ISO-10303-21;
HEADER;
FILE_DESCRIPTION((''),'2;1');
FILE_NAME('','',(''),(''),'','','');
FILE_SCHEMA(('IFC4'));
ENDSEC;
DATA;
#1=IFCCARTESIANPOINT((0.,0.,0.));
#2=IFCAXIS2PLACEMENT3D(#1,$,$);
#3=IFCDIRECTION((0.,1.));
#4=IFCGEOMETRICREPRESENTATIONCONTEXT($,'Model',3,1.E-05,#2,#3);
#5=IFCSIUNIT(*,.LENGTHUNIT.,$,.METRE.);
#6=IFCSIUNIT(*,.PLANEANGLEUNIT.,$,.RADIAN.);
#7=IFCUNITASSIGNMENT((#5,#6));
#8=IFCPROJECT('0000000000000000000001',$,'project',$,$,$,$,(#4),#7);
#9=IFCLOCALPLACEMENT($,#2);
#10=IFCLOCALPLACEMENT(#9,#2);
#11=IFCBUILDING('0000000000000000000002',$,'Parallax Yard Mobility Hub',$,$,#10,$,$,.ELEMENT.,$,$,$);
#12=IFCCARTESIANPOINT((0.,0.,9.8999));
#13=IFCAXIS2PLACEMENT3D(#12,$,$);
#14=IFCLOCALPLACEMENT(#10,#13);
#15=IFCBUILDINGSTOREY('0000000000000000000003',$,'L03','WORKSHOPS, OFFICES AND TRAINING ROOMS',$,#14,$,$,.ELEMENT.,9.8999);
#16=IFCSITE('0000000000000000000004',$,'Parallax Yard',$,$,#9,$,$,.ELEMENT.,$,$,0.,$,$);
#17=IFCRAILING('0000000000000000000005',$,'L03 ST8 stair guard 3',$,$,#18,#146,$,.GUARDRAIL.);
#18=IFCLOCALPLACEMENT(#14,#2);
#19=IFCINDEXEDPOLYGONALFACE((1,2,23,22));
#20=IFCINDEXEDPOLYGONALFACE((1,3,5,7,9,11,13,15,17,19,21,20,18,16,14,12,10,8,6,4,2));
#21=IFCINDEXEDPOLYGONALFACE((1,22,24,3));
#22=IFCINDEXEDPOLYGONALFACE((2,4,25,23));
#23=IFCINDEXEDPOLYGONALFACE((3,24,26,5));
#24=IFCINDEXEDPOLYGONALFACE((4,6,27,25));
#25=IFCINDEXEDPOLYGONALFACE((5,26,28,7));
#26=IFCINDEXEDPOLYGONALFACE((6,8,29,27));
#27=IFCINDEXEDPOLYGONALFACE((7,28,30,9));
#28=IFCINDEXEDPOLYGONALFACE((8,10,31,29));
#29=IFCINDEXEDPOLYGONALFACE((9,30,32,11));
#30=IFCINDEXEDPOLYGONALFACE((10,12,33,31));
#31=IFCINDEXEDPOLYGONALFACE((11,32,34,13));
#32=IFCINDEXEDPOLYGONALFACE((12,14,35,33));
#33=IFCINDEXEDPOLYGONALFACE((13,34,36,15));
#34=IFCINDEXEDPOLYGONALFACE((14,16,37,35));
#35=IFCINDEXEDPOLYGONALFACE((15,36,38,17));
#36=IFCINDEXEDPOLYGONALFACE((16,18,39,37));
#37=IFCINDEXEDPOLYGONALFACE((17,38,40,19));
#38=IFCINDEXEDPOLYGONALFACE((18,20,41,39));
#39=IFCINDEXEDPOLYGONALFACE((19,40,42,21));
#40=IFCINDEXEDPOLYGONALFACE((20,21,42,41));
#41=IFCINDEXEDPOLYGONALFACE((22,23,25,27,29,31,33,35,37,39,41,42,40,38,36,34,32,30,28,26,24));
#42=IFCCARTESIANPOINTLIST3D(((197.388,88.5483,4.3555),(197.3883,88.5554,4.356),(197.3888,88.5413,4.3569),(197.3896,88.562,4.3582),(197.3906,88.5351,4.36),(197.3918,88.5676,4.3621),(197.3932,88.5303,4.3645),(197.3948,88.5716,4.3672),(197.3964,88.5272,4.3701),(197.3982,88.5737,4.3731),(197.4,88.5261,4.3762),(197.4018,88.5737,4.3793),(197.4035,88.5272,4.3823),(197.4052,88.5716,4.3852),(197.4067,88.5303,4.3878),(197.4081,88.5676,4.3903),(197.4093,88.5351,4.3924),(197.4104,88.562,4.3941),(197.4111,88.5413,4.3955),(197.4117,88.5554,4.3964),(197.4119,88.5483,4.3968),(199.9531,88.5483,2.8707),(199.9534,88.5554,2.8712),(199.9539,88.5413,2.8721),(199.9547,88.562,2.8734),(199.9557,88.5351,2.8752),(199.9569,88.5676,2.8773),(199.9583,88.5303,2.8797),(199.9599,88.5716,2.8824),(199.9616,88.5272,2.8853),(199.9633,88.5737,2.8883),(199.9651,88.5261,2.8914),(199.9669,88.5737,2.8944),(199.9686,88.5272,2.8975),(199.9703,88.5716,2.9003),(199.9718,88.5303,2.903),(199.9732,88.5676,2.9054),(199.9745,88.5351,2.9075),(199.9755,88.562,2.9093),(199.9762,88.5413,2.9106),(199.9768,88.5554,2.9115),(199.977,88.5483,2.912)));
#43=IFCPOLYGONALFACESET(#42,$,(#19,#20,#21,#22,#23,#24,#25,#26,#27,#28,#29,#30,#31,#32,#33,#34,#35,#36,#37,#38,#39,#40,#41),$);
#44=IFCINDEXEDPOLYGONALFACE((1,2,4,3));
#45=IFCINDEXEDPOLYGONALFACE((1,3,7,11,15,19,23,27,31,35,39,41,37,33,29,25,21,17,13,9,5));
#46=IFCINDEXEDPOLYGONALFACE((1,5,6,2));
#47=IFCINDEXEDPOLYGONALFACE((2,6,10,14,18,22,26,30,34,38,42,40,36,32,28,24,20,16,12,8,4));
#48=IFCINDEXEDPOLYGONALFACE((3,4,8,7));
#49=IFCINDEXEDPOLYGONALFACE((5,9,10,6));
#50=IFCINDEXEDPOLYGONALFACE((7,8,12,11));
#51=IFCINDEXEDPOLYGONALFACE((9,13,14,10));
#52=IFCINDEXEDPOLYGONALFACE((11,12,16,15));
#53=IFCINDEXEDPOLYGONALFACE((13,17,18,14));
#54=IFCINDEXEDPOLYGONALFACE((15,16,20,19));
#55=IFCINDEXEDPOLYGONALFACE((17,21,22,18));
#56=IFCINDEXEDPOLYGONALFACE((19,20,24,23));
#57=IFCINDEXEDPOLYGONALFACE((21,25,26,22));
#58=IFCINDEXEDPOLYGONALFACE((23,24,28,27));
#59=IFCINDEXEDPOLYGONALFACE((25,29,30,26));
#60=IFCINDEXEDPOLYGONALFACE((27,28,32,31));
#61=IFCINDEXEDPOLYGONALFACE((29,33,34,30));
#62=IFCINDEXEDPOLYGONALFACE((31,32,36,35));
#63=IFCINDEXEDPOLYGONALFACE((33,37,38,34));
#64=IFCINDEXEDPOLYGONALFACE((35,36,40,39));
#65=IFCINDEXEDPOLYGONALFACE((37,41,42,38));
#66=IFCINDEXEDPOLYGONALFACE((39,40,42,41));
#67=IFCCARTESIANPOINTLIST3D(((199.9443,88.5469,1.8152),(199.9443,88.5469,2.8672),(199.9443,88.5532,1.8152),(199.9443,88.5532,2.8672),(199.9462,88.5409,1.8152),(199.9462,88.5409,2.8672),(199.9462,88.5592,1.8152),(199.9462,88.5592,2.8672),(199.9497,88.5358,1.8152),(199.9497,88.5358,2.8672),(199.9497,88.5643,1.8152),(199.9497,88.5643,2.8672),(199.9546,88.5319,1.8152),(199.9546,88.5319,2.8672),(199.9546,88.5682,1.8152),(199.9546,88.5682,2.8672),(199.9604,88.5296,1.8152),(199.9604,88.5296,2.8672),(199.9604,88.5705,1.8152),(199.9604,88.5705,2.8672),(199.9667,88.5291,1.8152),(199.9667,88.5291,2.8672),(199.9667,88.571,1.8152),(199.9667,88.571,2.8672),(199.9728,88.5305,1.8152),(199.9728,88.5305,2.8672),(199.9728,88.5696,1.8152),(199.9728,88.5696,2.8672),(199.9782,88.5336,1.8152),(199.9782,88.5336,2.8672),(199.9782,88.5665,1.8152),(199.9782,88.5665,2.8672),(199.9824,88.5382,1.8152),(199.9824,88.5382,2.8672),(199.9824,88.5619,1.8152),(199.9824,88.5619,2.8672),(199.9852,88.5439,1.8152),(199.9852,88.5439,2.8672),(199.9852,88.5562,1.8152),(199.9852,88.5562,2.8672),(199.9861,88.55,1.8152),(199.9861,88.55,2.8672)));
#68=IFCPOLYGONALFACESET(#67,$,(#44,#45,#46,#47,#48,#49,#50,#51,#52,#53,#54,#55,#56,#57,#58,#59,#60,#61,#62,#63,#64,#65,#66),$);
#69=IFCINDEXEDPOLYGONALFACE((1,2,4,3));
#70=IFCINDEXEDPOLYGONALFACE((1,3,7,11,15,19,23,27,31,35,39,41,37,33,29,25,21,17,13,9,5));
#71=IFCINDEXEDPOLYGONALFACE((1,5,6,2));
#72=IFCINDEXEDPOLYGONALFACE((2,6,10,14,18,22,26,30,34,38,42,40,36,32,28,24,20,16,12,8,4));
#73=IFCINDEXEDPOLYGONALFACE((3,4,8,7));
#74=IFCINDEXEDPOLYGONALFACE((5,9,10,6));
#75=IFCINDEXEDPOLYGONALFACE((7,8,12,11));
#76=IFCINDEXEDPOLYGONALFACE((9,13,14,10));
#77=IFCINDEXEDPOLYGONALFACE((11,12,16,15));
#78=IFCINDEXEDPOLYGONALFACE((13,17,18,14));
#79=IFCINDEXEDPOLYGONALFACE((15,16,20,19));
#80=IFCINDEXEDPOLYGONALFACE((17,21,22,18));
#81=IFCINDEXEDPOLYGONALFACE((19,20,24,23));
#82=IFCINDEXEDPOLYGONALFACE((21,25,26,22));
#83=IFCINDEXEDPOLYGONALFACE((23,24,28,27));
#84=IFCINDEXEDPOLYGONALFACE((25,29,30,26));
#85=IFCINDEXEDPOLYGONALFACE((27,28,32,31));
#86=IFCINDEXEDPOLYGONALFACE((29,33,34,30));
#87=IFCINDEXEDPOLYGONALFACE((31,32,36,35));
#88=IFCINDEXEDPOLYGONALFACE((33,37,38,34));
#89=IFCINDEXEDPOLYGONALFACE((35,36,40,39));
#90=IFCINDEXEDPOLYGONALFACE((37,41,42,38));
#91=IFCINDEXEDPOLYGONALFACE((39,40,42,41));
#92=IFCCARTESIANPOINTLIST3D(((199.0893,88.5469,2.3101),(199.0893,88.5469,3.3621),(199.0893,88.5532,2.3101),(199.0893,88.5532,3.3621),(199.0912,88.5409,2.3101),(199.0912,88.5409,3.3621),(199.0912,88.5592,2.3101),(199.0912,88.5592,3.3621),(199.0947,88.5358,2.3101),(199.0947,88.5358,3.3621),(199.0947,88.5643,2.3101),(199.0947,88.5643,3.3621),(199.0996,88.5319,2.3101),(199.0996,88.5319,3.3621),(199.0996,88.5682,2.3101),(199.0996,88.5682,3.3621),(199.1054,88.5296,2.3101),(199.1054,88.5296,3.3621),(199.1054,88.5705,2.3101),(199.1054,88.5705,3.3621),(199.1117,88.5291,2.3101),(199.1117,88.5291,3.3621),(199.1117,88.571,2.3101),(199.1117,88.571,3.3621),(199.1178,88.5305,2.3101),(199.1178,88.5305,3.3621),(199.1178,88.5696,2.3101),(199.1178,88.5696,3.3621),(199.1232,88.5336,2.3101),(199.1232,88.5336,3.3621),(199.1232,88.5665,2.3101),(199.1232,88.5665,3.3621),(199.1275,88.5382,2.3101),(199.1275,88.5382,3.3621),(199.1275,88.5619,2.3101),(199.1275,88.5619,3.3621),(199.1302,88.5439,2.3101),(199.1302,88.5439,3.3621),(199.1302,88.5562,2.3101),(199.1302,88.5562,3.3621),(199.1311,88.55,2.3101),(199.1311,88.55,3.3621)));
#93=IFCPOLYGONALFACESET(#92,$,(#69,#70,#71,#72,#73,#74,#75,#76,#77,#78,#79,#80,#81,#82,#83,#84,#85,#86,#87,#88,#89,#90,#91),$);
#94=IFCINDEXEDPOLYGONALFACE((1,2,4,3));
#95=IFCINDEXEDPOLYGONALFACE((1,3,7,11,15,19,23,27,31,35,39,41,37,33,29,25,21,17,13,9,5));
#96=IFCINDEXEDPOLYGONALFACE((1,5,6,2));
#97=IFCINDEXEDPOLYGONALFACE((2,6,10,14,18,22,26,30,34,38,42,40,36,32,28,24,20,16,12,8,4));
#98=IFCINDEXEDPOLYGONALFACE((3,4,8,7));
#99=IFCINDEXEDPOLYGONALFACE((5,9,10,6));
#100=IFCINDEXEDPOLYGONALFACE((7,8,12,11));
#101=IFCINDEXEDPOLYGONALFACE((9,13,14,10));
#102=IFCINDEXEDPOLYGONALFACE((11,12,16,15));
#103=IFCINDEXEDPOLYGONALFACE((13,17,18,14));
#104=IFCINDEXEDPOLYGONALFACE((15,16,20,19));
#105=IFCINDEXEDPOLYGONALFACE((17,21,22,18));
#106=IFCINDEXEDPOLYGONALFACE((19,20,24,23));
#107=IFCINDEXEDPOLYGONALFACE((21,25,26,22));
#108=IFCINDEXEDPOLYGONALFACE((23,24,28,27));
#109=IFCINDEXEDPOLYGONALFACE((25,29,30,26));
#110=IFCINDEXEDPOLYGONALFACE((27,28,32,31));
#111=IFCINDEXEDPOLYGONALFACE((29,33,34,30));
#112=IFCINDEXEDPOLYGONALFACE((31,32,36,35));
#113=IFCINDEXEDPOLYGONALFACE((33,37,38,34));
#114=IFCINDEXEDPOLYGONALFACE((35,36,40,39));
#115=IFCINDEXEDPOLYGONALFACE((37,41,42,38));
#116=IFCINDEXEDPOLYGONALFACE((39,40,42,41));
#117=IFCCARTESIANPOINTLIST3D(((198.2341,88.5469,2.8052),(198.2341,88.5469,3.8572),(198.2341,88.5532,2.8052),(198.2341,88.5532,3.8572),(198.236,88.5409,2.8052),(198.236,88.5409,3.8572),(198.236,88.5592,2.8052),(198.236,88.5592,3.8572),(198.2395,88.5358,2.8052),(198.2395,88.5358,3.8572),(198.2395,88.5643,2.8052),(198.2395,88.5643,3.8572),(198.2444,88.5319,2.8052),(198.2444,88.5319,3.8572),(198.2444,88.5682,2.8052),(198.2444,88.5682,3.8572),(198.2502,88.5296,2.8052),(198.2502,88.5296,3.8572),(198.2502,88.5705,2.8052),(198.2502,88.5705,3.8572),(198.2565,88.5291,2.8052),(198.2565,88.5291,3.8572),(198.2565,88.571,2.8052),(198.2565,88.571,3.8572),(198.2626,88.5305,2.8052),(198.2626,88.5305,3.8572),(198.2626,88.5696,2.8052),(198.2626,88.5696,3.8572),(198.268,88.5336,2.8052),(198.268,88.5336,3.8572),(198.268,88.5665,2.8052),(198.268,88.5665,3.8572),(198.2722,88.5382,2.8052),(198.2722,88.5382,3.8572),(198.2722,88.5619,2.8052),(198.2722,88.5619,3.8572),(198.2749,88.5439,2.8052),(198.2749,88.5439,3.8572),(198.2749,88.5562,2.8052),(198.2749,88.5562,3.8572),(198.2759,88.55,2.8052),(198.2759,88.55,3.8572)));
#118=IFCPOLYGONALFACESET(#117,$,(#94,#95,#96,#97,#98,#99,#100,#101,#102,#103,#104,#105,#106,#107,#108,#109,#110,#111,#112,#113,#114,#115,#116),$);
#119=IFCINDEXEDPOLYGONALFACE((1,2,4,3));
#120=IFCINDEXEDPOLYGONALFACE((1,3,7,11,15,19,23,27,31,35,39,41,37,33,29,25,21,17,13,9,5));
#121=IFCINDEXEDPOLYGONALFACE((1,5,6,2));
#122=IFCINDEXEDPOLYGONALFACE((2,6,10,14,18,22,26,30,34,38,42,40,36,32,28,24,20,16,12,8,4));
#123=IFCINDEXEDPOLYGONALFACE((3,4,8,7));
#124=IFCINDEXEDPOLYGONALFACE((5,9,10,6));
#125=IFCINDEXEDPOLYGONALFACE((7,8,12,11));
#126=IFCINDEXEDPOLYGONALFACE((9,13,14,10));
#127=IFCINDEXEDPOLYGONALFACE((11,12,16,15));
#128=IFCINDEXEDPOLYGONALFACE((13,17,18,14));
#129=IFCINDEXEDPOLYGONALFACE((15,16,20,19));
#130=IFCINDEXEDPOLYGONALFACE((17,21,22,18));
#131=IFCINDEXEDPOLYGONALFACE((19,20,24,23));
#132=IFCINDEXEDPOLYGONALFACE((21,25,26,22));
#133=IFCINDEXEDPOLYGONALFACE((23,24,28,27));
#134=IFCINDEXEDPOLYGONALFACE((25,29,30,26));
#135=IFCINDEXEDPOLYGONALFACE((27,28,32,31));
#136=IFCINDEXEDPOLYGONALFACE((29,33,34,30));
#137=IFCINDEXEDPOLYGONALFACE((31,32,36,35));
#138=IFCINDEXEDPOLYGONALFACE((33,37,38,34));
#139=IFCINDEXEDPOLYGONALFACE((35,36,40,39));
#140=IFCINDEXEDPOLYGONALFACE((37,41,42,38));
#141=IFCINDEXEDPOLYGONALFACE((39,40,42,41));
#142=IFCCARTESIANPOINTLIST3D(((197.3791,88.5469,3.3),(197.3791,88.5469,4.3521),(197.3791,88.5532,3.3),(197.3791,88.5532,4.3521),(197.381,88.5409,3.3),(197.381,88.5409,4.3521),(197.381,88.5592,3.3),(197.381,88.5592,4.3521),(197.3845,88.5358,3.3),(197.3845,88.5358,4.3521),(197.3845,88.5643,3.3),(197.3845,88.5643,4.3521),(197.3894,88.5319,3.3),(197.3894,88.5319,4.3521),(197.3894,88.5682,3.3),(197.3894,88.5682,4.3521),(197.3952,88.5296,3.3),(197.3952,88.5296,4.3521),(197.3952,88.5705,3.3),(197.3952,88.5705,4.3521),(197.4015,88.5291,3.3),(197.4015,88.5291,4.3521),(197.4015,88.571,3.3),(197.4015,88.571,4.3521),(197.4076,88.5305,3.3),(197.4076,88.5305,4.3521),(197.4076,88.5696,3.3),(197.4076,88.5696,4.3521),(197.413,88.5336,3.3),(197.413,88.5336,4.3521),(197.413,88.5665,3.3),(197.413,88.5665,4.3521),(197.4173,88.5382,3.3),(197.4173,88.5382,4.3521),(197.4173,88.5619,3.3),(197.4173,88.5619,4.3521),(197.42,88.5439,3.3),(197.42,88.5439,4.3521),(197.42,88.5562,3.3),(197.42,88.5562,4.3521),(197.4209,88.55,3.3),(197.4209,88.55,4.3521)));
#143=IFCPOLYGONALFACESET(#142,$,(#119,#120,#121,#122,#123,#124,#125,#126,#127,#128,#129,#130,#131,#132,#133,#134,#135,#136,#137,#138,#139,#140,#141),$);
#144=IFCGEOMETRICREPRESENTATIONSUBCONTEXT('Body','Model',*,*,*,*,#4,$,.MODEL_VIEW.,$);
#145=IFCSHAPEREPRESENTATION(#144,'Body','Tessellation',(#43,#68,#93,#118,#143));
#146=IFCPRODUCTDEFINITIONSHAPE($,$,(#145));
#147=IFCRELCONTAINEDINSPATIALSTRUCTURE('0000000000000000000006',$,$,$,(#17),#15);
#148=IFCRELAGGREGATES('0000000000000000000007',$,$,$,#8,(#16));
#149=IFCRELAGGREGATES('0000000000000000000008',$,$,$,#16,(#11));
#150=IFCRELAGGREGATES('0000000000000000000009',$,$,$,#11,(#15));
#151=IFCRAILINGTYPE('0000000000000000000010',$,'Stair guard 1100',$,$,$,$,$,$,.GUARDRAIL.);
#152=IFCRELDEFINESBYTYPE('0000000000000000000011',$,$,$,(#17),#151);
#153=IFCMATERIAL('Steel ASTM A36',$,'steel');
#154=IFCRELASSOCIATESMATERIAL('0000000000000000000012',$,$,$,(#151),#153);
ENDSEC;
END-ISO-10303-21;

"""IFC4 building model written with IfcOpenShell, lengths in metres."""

from ifc_helpers import new_model, si_unit, direction, frame, origin, origin_2d, place, context, subcontext, project, spatial, circle, extrude, material, type_object, element, save


model = new_model("IFC4")

# Units and contexts
model_context = context("Model", 3, precision=1e-05, world=origin(), true_north=direction((0.0, 1.0)))
body_context = subcontext(model_context, "Body", "Model", "MODEL_VIEW")
ifc_project = project(units=[si_unit("LENGTHUNIT", "METRE"), si_unit("PLANEANGLEUNIT", "RADIAN")], contexts=[model_context])

# Site, building, storey
site_placement = place(None, origin())
site = spatial("IfcSite", under=ifc_project, at=site_placement, Name="Parallax Yard", CompositionType="ELEMENT", RefElevation=0.0)
building_placement = place(site_placement, origin())
building = spatial("IfcBuilding", under=site, at=building_placement, Name="Parallax Yard Mobility Hub", CompositionType="ELEMENT")
storey_placement = place(building_placement, frame((0.0, 0.0, 9.8999)))
storey = spatial("IfcBuildingStorey", under=building, at=storey_placement, Name="L03", Description="WORKSHOPS, OFFICES AND TRAINING ROOMS", CompositionType="ELEMENT", Elevation=9.8999)

# Railing
ifc_material_1 = material(Name="Steel ASTM A36", Category="steel")
railing_type_1 = type_object("IfcRailingType", Name="Stair guard 1100", PredefinedType="GUARDRAIL", material=ifc_material_1)
railing_1_placement = place(storey_placement, frame((199.9651, 88.55, 1.8152)))
element("IfcRailing", 1, at=railing_1_placement, inside=storey, type_object=railing_type_1, Name="L03 ST8 stair guard 3", PredefinedType="GUARDRAIL", context=body_context, shape_type="SweptSolid", body=[
    extrude(circle(Radius=0.0239, at=origin_2d()), frame((0.0, 0.0, 1.0762), z_axis=(-0.865462, 0.0, 0.500975), x_axis=(0.0, -1.0, 0.0)), (0.0, 0.0, 1.0), 2.9639),
    extrude(circle(Radius=0.021, at=origin_2d()), origin(), (0.0, 0.0, 1.0), 1.052),
    extrude(circle(Radius=0.021, at=origin_2d()), frame((-0.855, 0.0, 0.4949)), (0.0, 0.0, 1.0), 1.052),
    extrude(circle(Radius=0.021, at=origin_2d()), frame((-1.7102, 0.0, 0.99)), (0.0, 0.0, 1.0), 1.052),
    extrude(circle(Radius=0.021, at=origin_2d()), frame((-2.5652, 0.0, 1.4849)), (0.0, 0.0, 1.0), 1.052),
])

save(model, "model.ifc")
